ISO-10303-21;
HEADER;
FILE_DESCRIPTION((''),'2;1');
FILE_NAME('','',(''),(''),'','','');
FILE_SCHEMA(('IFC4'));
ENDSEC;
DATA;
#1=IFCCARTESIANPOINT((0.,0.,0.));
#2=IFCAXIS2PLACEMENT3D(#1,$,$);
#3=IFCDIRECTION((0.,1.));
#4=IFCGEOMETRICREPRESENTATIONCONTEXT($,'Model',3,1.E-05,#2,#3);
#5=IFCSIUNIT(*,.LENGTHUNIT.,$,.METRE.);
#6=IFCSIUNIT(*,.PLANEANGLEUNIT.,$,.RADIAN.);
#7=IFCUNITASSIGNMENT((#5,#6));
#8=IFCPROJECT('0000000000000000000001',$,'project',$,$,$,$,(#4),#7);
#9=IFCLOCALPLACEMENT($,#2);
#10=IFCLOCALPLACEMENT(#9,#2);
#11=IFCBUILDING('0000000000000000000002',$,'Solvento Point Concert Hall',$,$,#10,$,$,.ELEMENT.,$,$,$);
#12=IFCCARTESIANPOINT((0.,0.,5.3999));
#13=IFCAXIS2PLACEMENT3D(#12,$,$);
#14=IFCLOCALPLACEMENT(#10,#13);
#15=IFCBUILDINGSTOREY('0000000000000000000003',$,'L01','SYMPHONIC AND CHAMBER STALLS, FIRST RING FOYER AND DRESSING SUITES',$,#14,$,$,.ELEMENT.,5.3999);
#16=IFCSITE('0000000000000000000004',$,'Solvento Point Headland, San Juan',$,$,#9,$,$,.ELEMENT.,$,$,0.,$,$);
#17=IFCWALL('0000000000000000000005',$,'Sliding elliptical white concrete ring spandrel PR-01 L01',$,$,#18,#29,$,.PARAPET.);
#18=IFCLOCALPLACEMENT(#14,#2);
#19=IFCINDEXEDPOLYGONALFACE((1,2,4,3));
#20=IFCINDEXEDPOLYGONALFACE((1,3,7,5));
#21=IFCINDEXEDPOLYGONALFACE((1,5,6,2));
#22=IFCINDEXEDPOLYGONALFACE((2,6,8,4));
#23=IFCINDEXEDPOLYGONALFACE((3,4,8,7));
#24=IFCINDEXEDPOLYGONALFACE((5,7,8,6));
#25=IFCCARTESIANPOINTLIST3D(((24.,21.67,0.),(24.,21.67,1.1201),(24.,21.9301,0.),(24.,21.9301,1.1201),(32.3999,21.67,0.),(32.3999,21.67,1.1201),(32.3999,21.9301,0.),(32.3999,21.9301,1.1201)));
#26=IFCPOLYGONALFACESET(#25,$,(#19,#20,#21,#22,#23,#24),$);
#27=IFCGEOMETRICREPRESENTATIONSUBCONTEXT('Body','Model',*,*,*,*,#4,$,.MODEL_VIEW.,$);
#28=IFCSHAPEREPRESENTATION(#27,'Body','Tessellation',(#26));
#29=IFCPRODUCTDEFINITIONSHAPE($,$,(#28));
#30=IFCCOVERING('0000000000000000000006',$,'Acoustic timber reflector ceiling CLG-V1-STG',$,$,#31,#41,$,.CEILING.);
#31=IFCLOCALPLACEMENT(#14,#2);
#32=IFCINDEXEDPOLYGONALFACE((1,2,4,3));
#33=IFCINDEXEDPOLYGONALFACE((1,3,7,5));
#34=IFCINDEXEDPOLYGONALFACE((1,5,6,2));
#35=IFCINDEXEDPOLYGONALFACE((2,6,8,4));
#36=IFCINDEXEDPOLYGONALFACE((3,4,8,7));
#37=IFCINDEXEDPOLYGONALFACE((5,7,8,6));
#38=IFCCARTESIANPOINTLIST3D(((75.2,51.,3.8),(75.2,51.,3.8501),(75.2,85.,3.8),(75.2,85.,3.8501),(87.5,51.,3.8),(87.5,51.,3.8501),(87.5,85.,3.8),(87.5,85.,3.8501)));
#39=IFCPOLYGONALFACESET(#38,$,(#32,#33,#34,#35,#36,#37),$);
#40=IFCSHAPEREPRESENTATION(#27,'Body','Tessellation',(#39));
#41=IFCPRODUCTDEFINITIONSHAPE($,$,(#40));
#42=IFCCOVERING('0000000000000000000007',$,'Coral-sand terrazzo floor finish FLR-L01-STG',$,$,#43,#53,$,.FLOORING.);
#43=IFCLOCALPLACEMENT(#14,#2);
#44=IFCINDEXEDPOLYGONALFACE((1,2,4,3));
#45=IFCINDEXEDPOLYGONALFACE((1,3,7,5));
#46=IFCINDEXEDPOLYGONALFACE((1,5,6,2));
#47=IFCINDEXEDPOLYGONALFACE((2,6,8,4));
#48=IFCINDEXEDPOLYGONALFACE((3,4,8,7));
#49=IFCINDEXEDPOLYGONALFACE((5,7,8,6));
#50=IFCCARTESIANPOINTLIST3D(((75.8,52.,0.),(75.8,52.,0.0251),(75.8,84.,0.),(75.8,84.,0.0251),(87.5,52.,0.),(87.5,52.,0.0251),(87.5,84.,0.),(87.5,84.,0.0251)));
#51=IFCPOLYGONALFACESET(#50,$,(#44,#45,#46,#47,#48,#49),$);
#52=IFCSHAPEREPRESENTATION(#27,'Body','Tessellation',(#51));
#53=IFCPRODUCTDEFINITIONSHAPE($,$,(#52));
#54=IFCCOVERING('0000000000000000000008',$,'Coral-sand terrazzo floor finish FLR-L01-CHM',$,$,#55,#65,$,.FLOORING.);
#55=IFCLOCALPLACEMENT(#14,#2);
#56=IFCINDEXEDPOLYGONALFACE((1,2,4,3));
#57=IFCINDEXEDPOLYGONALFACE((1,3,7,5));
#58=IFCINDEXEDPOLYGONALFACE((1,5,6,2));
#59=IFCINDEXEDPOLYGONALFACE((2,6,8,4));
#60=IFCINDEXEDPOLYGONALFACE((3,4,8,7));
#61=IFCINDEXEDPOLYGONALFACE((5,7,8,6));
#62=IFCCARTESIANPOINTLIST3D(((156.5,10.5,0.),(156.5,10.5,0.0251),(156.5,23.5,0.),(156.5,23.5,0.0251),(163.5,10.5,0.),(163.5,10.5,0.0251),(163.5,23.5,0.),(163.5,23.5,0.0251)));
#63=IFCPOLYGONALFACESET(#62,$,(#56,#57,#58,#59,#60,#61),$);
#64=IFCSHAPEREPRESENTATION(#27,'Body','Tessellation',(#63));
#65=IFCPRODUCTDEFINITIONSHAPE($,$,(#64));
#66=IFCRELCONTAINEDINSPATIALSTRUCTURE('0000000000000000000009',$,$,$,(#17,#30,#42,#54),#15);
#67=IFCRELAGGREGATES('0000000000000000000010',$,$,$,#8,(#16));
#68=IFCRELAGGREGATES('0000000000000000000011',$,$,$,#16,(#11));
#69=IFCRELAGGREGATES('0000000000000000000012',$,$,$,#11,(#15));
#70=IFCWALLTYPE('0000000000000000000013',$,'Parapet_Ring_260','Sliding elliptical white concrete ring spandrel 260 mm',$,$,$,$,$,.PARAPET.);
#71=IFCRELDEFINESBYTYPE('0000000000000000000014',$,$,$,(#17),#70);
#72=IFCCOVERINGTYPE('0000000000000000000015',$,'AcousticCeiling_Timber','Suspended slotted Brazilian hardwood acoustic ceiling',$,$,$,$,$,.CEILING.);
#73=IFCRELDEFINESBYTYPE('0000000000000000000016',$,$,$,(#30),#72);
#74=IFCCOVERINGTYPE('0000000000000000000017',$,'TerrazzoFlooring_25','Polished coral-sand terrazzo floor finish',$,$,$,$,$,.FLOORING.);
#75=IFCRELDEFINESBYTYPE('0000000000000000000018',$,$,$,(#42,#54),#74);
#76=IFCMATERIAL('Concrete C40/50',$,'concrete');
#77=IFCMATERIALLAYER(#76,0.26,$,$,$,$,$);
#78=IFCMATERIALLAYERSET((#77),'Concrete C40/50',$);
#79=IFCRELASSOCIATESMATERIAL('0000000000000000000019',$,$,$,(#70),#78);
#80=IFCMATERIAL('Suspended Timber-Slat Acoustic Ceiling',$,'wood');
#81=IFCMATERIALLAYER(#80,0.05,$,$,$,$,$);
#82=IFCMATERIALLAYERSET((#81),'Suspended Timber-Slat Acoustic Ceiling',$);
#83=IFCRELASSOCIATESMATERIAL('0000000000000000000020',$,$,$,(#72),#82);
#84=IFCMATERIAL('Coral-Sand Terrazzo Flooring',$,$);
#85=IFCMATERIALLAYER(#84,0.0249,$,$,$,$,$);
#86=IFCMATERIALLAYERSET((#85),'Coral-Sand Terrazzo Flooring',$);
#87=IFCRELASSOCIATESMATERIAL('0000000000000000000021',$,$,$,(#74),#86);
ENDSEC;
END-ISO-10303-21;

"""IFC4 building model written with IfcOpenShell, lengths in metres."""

from ifc_helpers import new_model, si_unit, direction, frame, frame_2d, origin, place, context, subcontext, project, spatial, polyline, rectangle, outline, extrude, material, layer, layer_set, type_object, element, save


model = new_model("IFC4")

# Units and contexts
model_context = context("Model", 3, precision=1e-05, world=origin(), true_north=direction((0.0, 1.0)))
body_context = subcontext(model_context, "Body", "Model", "MODEL_VIEW")
ifc_project = project(units=[si_unit("LENGTHUNIT", "METRE"), si_unit("PLANEANGLEUNIT", "RADIAN")], contexts=[model_context])

# Site, building, storey
site_placement = place(None, origin())
site = spatial("IfcSite", under=ifc_project, at=site_placement, Name="Solvento Point Headland, San Juan", CompositionType="ELEMENT", RefElevation=0.0)
building_placement = place(site_placement, origin())
building = spatial("IfcBuilding", under=site, at=building_placement, Name="Solvento Point Concert Hall", CompositionType="ELEMENT")
storey_placement = place(building_placement, frame((0.0, 0.0, 5.3999)))
storey = spatial("IfcBuildingStorey", under=building, at=storey_placement, Name="L01", Description="SYMPHONIC AND CHAMBER STALLS, FIRST RING FOYER AND DRESSING SUITES", CompositionType="ELEMENT", Elevation=5.3999)

# Wall
ifc_material_1 = material(Name="Concrete C40/50", Category="concrete")
ifc_layer_1 = layer(ifc_material_1, 0.26)
ifc_layer_set_1 = layer_set([ifc_layer_1], Name="Concrete C40/50")
wall_type_1 = type_object("IfcWallType", Name="Parapet_Ring_260", Description="Sliding elliptical white concrete ring spandrel 260 mm", PredefinedType="PARAPET", material=ifc_layer_set_1)
wall_1_placement = place(storey_placement, frame((24.0, 21.8, 0.0), z_axis=(0.0, 0.0, 1.0), x_axis=(1.0, 0.0, 0.0)))
element("IfcWall", 1, at=wall_1_placement, inside=storey, type_object=wall_type_1, Name="Sliding elliptical white concrete ring spandrel PR-01 L01", PredefinedType="PARAPET", context=body_context, shape_type="SweptSolid", body=[
    extrude(rectangle(XDim=8.3999, YDim=0.26, at=frame_2d((4.2, 0.0))), origin(), (0.0, 0.0, 1.0), 1.1201),
])

# Coverings
ifc_material_2 = material(Name="Suspended Timber-Slat Acoustic Ceiling", Category="wood")
ifc_layer_2 = layer(ifc_material_2, 0.05)
ifc_layer_set_2 = layer_set([ifc_layer_2], Name="Suspended Timber-Slat Acoustic Ceiling")
covering_type_1 = type_object("IfcCoveringType", Name="AcousticCeiling_Timber", Description="Suspended slotted Brazilian hardwood acoustic ceiling", PredefinedType="CEILING", material=ifc_layer_set_2)
covering_1_placement = place(storey_placement, frame((0.0, 0.0, 3.8)))
element("IfcCovering", 2, at=covering_1_placement, inside=storey, type_object=covering_type_1, Name="Acoustic timber reflector ceiling CLG-V1-STG", PredefinedType="CEILING", context=body_context, shape_type="SweptSolid", body=[
    extrude(outline(polyline([(75.2, 51.0), (87.5, 51.0), (87.5, 85.0), (75.2, 85.0), (75.2, 51.0)])), origin(), (0.0, 0.0, 1.0), 0.05),
])
ifc_material_3 = material(Name="Coral-Sand Terrazzo Flooring")
ifc_layer_3 = layer(ifc_material_3, 0.0249)
ifc_layer_set_3 = layer_set([ifc_layer_3], Name="Coral-Sand Terrazzo Flooring")
covering_type_2 = type_object("IfcCoveringType", Name="TerrazzoFlooring_25", Description="Polished coral-sand terrazzo floor finish", PredefinedType="FLOORING", material=ifc_layer_set_3)
covering_2_placement = place(storey_placement, origin())
element("IfcCovering", 3, at=covering_2_placement, inside=storey, type_object=covering_type_2, Name="Coral-sand terrazzo floor finish FLR-L01-STG", PredefinedType="FLOORING", context=body_context, shape_type="SweptSolid", body=[
    extrude(outline(polyline([(75.8, 52.0), (87.5, 52.0), (87.5, 84.0), (75.8, 84.0), (75.8, 52.0)])), origin(), (0.0, 0.0, 1.0), 0.0251),
])
covering_3_placement = place(storey_placement, origin())
element("IfcCovering", 4, at=covering_3_placement, inside=storey, type_object=covering_type_2, Name="Coral-sand terrazzo floor finish FLR-L01-CHM", PredefinedType="FLOORING", context=body_context, shape_type="SweptSolid", body=[
    extrude(outline(polyline([(156.5, 10.5), (163.5, 10.5), (163.5, 23.5), (156.5, 23.5), (156.5, 10.5)])), origin(), (0.0, 0.0, 1.0), 0.0251),
])

save(model, "model.ifc")
